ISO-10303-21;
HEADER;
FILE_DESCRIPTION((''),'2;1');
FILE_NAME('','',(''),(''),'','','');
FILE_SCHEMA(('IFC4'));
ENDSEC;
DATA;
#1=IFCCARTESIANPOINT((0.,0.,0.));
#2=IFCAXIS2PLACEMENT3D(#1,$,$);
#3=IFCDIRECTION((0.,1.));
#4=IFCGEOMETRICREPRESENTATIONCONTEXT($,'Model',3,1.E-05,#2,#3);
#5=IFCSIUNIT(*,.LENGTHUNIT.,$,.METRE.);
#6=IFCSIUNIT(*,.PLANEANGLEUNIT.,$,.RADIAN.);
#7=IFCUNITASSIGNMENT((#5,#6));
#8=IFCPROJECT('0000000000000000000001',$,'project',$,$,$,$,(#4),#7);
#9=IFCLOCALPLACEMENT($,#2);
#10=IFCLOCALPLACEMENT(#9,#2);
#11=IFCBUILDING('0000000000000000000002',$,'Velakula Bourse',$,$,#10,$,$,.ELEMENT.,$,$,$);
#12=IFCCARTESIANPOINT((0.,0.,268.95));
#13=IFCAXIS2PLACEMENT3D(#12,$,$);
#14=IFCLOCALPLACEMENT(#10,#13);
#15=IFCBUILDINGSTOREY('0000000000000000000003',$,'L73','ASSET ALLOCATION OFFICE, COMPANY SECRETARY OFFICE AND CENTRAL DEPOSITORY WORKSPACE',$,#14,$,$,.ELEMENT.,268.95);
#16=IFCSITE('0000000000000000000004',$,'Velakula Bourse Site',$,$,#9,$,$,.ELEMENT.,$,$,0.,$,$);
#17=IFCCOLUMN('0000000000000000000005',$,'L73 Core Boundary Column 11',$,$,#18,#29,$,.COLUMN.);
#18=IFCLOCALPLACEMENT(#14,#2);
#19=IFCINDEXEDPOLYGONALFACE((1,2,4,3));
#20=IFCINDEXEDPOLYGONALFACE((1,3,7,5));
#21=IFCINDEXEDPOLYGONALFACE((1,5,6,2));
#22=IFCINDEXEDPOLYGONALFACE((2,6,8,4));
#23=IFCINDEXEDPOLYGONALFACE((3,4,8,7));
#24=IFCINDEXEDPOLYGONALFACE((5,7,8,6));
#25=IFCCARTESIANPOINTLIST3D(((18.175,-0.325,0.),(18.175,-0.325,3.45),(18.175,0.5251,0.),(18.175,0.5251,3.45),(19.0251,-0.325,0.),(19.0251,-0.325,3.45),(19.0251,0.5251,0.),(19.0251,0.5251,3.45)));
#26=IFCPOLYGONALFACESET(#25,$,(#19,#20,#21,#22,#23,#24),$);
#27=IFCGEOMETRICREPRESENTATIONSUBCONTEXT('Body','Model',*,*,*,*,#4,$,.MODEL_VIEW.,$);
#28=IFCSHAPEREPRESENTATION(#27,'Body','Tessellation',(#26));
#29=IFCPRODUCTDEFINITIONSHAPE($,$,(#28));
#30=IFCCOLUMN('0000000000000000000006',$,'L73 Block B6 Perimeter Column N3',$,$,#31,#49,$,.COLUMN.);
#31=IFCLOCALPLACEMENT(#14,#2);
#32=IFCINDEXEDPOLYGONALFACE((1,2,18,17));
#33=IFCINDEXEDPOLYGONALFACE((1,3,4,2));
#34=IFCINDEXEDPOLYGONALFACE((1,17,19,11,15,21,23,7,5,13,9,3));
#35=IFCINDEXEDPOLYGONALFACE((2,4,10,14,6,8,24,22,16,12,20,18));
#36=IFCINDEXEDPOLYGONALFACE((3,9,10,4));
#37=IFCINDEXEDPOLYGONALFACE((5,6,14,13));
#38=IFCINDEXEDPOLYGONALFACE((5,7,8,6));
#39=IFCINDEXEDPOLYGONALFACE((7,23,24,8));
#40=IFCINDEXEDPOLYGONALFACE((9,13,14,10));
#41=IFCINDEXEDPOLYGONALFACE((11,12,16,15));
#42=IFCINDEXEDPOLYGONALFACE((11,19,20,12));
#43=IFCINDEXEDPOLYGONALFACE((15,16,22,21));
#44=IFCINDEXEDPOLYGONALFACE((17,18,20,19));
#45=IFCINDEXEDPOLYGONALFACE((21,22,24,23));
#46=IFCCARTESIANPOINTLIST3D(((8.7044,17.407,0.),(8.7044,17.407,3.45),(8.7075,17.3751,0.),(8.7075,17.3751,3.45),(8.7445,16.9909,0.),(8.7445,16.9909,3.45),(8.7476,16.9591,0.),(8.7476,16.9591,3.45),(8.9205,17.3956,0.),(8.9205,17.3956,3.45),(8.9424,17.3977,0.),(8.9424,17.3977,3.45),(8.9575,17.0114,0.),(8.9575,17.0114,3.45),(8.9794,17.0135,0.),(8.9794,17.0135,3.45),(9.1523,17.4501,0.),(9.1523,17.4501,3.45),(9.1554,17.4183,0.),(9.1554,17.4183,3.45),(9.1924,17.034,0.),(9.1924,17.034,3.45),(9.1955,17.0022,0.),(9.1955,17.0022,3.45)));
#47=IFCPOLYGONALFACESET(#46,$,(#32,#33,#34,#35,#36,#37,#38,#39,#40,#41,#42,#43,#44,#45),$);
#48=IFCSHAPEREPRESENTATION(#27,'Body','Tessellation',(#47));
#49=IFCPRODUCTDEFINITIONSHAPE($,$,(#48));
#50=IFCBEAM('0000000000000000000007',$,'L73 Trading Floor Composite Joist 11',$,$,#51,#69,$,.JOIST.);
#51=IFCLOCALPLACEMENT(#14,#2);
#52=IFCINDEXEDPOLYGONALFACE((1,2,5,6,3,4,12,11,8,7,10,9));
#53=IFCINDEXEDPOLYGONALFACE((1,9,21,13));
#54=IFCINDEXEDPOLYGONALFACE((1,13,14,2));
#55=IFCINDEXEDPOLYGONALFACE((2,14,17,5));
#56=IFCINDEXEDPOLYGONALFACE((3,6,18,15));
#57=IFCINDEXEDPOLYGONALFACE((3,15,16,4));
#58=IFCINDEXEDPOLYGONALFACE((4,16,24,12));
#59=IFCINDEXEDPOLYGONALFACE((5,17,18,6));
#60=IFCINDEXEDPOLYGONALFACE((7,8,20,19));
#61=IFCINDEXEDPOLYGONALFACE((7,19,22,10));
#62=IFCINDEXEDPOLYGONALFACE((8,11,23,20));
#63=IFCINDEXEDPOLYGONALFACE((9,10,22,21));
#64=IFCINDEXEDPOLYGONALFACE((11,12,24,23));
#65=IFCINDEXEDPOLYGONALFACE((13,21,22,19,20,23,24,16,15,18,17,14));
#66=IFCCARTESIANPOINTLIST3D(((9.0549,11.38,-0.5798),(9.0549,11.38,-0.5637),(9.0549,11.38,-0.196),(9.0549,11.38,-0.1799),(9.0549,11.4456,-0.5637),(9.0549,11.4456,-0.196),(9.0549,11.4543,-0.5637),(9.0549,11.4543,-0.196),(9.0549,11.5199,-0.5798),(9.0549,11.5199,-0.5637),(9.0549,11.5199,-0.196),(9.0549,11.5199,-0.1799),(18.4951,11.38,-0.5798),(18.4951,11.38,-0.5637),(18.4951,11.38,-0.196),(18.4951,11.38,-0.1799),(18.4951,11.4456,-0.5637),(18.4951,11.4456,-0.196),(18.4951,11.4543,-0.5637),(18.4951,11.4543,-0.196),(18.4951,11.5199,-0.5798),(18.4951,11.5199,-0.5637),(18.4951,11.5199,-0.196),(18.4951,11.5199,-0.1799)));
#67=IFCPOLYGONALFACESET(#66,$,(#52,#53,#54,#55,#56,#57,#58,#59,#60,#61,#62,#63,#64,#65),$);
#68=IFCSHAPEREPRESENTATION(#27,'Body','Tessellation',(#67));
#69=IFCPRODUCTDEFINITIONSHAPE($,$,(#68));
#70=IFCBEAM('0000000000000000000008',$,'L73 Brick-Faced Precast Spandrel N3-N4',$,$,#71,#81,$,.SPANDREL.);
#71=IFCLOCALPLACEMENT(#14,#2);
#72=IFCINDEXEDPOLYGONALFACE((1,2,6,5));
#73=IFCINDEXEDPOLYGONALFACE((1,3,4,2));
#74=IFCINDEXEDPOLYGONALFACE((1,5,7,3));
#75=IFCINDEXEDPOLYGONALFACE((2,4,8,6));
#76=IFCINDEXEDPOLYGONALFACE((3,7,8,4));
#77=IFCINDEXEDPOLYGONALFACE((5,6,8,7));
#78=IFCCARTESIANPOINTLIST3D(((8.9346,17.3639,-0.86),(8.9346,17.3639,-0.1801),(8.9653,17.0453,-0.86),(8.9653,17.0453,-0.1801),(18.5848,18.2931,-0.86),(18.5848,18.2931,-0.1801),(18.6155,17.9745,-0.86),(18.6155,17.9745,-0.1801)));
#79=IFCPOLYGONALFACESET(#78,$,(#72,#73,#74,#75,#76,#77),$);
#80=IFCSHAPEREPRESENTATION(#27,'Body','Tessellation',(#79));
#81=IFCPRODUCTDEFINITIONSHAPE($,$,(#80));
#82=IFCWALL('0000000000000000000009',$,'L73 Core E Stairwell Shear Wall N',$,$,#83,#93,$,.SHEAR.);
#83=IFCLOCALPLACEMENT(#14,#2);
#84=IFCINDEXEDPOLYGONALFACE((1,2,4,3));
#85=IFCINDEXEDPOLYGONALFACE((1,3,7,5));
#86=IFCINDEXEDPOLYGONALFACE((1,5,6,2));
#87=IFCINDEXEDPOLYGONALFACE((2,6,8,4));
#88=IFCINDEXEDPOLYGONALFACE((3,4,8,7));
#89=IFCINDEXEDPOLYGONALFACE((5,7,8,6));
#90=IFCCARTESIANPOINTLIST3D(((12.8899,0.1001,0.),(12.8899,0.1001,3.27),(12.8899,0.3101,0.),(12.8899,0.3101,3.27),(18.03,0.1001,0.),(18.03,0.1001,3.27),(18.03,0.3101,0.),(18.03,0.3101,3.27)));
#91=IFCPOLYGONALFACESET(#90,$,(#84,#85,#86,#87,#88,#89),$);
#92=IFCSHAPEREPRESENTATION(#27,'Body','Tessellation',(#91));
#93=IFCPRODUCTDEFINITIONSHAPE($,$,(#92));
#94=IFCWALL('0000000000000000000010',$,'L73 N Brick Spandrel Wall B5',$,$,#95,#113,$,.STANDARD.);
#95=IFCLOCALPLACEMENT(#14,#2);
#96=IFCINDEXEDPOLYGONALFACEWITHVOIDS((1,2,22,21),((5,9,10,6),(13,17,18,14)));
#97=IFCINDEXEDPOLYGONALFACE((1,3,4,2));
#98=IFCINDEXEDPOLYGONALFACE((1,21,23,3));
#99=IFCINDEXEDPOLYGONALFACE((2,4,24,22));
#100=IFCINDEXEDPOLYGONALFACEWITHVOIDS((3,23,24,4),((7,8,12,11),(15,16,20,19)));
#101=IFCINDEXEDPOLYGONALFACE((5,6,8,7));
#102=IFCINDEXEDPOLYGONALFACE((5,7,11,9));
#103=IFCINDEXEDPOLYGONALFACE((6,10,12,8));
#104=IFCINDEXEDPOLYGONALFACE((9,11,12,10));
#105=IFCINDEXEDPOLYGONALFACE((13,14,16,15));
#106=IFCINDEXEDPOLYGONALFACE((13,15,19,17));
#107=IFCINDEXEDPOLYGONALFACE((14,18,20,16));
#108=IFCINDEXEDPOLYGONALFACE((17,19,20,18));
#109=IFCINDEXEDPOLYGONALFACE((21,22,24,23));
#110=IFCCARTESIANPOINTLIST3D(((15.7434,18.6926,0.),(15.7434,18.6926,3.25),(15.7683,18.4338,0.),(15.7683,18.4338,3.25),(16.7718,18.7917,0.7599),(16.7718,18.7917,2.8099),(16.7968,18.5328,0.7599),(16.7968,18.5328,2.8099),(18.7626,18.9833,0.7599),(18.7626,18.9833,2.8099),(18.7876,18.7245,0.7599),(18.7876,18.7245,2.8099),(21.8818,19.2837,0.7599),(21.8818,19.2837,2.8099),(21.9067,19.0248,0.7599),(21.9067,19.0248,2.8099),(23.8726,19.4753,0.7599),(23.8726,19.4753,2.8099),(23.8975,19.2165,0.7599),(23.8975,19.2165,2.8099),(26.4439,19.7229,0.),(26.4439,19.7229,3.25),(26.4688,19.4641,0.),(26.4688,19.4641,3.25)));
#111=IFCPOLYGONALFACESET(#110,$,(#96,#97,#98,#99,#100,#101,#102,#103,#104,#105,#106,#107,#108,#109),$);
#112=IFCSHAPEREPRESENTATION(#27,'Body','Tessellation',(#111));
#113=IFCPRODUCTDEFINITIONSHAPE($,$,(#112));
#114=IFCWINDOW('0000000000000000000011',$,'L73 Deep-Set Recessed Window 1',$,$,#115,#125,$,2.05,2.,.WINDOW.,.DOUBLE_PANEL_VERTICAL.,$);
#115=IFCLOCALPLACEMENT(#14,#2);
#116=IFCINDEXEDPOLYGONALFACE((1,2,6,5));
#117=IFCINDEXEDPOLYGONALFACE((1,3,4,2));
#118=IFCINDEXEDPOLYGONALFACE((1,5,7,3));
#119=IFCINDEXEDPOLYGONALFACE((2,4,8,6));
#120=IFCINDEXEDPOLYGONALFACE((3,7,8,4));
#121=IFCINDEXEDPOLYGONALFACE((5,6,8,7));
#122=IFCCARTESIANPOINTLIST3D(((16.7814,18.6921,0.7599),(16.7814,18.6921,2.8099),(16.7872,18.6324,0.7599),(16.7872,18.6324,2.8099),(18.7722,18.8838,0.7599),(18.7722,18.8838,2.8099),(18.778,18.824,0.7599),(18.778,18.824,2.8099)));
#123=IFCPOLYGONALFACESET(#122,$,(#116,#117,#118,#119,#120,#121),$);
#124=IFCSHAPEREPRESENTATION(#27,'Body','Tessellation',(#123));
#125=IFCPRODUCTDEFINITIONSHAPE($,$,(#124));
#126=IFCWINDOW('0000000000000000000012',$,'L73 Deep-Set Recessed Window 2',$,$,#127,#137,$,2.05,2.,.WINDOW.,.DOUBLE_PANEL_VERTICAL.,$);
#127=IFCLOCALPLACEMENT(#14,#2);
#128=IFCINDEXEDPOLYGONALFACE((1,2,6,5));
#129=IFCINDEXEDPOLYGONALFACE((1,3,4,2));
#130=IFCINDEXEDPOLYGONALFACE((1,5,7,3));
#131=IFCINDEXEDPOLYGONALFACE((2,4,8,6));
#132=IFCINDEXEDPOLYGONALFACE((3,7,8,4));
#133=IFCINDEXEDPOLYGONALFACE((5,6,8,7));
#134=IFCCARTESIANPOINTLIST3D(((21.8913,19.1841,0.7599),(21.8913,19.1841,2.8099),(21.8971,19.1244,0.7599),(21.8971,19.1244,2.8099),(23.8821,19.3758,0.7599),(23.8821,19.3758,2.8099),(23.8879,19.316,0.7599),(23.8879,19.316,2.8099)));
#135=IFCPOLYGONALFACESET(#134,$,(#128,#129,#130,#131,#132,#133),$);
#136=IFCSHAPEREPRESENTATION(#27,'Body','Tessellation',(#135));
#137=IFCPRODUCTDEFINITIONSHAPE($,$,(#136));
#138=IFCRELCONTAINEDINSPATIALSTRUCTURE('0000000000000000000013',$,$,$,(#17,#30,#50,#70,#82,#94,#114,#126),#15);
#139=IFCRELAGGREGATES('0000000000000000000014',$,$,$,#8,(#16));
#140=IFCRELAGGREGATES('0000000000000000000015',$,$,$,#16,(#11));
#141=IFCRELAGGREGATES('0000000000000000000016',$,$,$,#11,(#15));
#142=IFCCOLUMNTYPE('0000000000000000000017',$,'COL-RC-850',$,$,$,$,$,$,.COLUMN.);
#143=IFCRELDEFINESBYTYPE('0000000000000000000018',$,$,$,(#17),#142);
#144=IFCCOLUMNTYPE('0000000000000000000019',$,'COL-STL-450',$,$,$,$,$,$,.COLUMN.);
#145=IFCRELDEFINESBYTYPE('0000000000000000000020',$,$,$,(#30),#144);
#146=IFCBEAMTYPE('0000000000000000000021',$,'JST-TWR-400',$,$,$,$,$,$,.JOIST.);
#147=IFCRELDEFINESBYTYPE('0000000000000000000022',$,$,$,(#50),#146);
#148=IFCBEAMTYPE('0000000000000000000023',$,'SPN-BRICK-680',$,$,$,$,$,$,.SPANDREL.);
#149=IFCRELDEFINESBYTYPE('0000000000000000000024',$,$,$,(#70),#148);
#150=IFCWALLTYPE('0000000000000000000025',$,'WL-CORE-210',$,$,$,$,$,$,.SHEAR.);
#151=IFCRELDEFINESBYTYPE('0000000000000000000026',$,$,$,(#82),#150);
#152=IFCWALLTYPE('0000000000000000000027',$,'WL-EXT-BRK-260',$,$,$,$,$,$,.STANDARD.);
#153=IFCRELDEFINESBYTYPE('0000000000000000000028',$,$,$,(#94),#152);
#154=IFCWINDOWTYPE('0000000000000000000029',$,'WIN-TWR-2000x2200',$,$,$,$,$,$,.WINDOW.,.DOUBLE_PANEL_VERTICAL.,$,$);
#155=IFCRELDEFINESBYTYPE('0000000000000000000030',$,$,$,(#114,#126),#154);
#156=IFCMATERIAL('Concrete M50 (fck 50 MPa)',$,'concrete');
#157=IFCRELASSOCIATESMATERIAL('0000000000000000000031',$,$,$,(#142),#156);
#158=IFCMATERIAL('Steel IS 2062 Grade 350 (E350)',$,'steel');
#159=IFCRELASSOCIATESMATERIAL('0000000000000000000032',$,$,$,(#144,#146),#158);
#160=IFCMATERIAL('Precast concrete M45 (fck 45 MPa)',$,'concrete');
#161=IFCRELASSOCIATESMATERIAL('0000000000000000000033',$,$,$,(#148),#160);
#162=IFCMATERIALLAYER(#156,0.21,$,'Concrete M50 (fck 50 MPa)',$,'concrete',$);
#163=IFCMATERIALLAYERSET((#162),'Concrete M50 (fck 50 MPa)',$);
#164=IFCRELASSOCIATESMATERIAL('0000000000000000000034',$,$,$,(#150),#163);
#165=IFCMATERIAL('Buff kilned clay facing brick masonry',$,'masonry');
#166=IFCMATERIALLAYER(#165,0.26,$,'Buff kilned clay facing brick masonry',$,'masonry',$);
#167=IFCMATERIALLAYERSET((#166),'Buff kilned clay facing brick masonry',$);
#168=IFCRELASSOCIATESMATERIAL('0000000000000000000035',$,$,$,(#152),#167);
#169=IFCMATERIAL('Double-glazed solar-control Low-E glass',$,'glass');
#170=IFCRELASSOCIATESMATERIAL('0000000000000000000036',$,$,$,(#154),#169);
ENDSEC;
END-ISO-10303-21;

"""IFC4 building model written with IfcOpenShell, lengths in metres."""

from ifc_helpers import new_model, si_unit, direction, frame, frame_2d, origin, origin_2d, place, context, subcontext, project, spatial, rectangle, i_section, extrude, material, layer, layer_set, material_profile, profile_set, type_object, element, fill, save


model = new_model("IFC4")

# Units and contexts
model_context = context("Model", 3, precision=1e-05, world=origin(), true_north=direction((0.0, 1.0)))
body_context = subcontext(model_context, "Body", "Model", "MODEL_VIEW")
ifc_project = project(units=[si_unit("LENGTHUNIT", "METRE"), si_unit("PLANEANGLEUNIT", "RADIAN")], contexts=[model_context])

# Site, building, storey
site_placement = place(None, origin())
site = spatial("IfcSite", under=ifc_project, at=site_placement, Name="Velakula Bourse Site", CompositionType="ELEMENT", RefElevation=0.0)
building_placement = place(site_placement, origin())
building = spatial("IfcBuilding", under=site, at=building_placement, Name="Velakula Bourse", CompositionType="ELEMENT")
storey_placement = place(building_placement, frame((0.0, 0.0, 268.95)))
storey = spatial("IfcBuildingStorey", under=building, at=storey_placement, Name="L73", Description="ASSET ALLOCATION OFFICE, COMPANY SECRETARY OFFICE AND CENTRAL DEPOSITORY WORKSPACE", CompositionType="ELEMENT", Elevation=268.95)

# Columns
ifc_material_1 = material(Name="Concrete M50 (fck 50 MPa)", Category="concrete")
ifc_material_profile_1 = material_profile(ifc_material_1, rectangle(XDim=0.8501, YDim=0.8501, at=origin_2d()), Name="Concrete M50 (fck 50 MPa)")
ifc_profile_set_1 = profile_set([ifc_material_profile_1], Name="Concrete M50 (fck 50 MPa)")
column_type_1 = type_object("IfcColumnType", Name="COL-RC-850", PredefinedType="COLUMN", material=ifc_profile_set_1)
column_1_placement = place(storey_placement, frame((18.6001, 0.1001, 0.0), z_axis=(0.0, 0.0, 1.0), x_axis=(1.0, 0.0, 0.0)))
element("IfcColumn", 1, at=column_1_placement, inside=storey, type_object=column_type_1, Name="L73 Core Boundary Column 11", PredefinedType="COLUMN", context=body_context, shape_type="SweptSolid", body=[
    extrude(rectangle(XDim=0.8501, YDim=0.8501, at=origin_2d()), origin(), (0.0, 0.0, 1.0), 3.45),
])
ifc_material_2 = material(Name="Steel IS 2062 Grade 350 (E350)", Category="steel")
ifc_material_profile_2 = material_profile(ifc_material_2, i_section(OverallWidth=0.45, OverallDepth=0.45, WebThickness=0.022, FlangeThickness=0.032, at=origin_2d()), Name="Steel IS 2062 Grade 350 (E350)")
ifc_profile_set_2 = profile_set([ifc_material_profile_2], Name="Steel IS 2062 Grade 350 (E350)")
column_type_2 = type_object("IfcColumnType", Name="COL-STL-450", PredefinedType="COLUMN", material=ifc_profile_set_2)
column_2_placement = place(storey_placement, frame((8.95, 17.2046, 0.0), z_axis=(0.0, 0.0, 1.0), x_axis=(0.995396, 0.095846, 0.0)))
element("IfcColumn", 2, at=column_2_placement, inside=storey, type_object=column_type_2, Name="L73 Block B6 Perimeter Column N3", PredefinedType="COLUMN", context=body_context, shape_type="SweptSolid", body=[
    extrude(i_section(OverallWidth=0.45, OverallDepth=0.45, WebThickness=0.022, FlangeThickness=0.032, at=origin_2d()), origin(), (0.0, 0.0, 1.0), 3.45),
])

# Beams
ifc_material_profile_3 = material_profile(ifc_material_2, i_section(OverallWidth=0.1399, OverallDepth=0.3999, WebThickness=0.0088, FlangeThickness=0.0161, at=origin_2d()), Name="Steel IS 2062 Grade 350 (E350)")
ifc_profile_set_3 = profile_set([ifc_material_profile_3], Name="Steel IS 2062 Grade 350 (E350)")
beam_type_1 = type_object("IfcBeamType", Name="JST-TWR-400", PredefinedType="JOIST", material=ifc_profile_set_3)
beam_1_placement = place(storey_placement, frame((9.0549, 11.45, -0.3799), z_axis=(1.0, 0.0, 0.0), x_axis=(0.0, 1.0, 0.0)))
element("IfcBeam", 3, at=beam_1_placement, inside=storey, type_object=beam_type_1, Name="L73 Trading Floor Composite Joist 11", PredefinedType="JOIST", context=body_context, shape_type="SweptSolid", body=[
    extrude(i_section(OverallWidth=0.1399, OverallDepth=0.3999, WebThickness=0.0088, FlangeThickness=0.0161, at=origin_2d()), origin(), (0.0, 0.0, 1.0), 9.4402),
])
ifc_material_3 = material(Name="Precast concrete M45 (fck 45 MPa)", Category="concrete")
ifc_material_profile_4 = material_profile(ifc_material_3, rectangle(XDim=0.3201, YDim=0.6799, at=origin_2d()), Name="Precast concrete M45 (fck 45 MPa)")
ifc_profile_set_4 = profile_set([ifc_material_profile_4], Name="Precast concrete M45 (fck 45 MPa)")
beam_type_2 = type_object("IfcBeamType", Name="SPN-BRICK-680", PredefinedType="SPANDREL", material=ifc_profile_set_4)
beam_2_placement = place(storey_placement, frame((8.95, 17.2046, -0.52), z_axis=(0.995396, 0.095845, 0.0), x_axis=(-0.095845, 0.995396, 0.0)))
element("IfcBeam", 4, at=beam_2_placement, inside=storey, type_object=beam_type_2, Name="L73 Brick-Faced Precast Spandrel N3-N4", PredefinedType="SPANDREL", context=body_context, shape_type="SweptSolid", body=[
    extrude(rectangle(XDim=0.3201, YDim=0.6799, at=origin_2d()), origin(), (0.0, 0.0, 1.0), 9.6948),
])

# Wall
ifc_layer_1 = layer(ifc_material_1, 0.21, Name="Concrete M50 (fck 50 MPa)", Category="concrete")
ifc_layer_set_1 = layer_set([ifc_layer_1], Name="Concrete M50 (fck 50 MPa)")
wall_type_1 = type_object("IfcWallType", Name="WL-CORE-210", PredefinedType="SHEAR", material=ifc_layer_set_1)
wall_1_placement = place(storey_placement, frame((18.03, 0.2051, 0.0), z_axis=(0.0, 0.0, 1.0), x_axis=(-1.0, 0.0, 0.0)))
element("IfcWall", 5, at=wall_1_placement, inside=storey, type_object=wall_type_1, Name="L73 Core E Stairwell Shear Wall N", PredefinedType="SHEAR", context=body_context, shape_type="SweptSolid", body=[
    extrude(rectangle(XDim=5.1401, YDim=0.21, at=frame_2d((2.5701, 0.0))), origin(), (0.0, 0.0, 1.0), 3.27),
])

# Wall, openings, windows
ifc_material_4 = material(Name="Buff kilned clay facing brick masonry", Category="masonry")
ifc_layer_2 = layer(ifc_material_4, 0.26, Name="Buff kilned clay facing brick masonry", Category="masonry")
ifc_layer_set_2 = layer_set([ifc_layer_2], Name="Buff kilned clay facing brick masonry")
wall_type_2 = type_object("IfcWallType", Name="WL-EXT-BRK-260", PredefinedType="STANDARD", material=ifc_layer_set_2)
wall_2_placement = place(storey_placement, frame((15.7559, 18.5632, 0.0), z_axis=(0.0, 0.0, 1.0), x_axis=(0.995397, 0.09584, 0.0)))
wall_2 = element("IfcWall", 6, at=wall_2_placement, inside=storey, type_object=wall_type_2, Name="L73 N Brick Spandrel Wall B5", PredefinedType="STANDARD", context=body_context, shape_type="SweptSolid", body=[
    extrude(rectangle(XDim=10.75, YDim=0.26, at=frame_2d((5.375, 0.0))), origin(), (0.0, 0.0, 1.0), 3.25),
])
opening_1_placement = place(wall_2_placement, frame((1.0332, 0.0, 0.76)))
opening_1 = element("IfcOpeningElement", 7, at=opening_1_placement, cuts=wall_2, PredefinedType="OPENING", context=body_context, shape_type="SweptSolid", body=[
    extrude(rectangle(XDim=2.0, YDim=2.05, at=frame_2d((1.0, 1.0249))), frame((0.0, 0.1399, 0.0), z_axis=(0.0, -1.0, 0.0), x_axis=(1.0, 0.0, 0.0)), (0.0, 0.0, 1.0), 0.28),
])
opening_2_placement = place(wall_2_placement, frame((6.1667, 0.0, 0.76)))
opening_2 = element("IfcOpeningElement", 8, at=opening_2_placement, cuts=wall_2, PredefinedType="OPENING", context=body_context, shape_type="SweptSolid", body=[
    extrude(rectangle(XDim=2.0, YDim=2.05, at=frame_2d((1.0, 1.0249))), frame((0.0, 0.1399, 0.0), z_axis=(0.0, -1.0, 0.0), x_axis=(1.0, 0.0, 0.0)), (0.0, 0.0, 1.0), 0.28),
])
ifc_material_5 = material(Name="Double-glazed solar-control Low-E glass", Category="glass")
window_type = type_object("IfcWindowType", Name="WIN-TWR-2000x2200", PartitioningType="DOUBLE_PANEL_VERTICAL", PredefinedType="WINDOW", material=ifc_material_5)
window_1_placement = place(opening_1_placement, origin())
window_1 = element("IfcWindow", 9, at=window_1_placement, inside=storey, type_object=window_type, Name="L73 Deep-Set Recessed Window 1", OverallHeight=2.05, OverallWidth=2.0, PartitioningType="DOUBLE_PANEL_VERTICAL", PredefinedType="WINDOW", context=body_context, shape_type="SweptSolid", body=[
    extrude(rectangle(XDim=2.0, YDim=2.05, at=frame_2d((1.0, 1.0249))), frame((0.0, 0.03, 0.0), z_axis=(0.0, -1.0, 0.0), x_axis=(1.0, 0.0, 0.0)), (0.0, 0.0, 1.0), 0.0601),
])
fill(opening_1, window_1)
window_2_placement = place(opening_2_placement, origin())
window_2 = element("IfcWindow", 10, at=window_2_placement, inside=storey, type_object=window_type, Name="L73 Deep-Set Recessed Window 2", OverallHeight=2.05, OverallWidth=2.0, PartitioningType="DOUBLE_PANEL_VERTICAL", PredefinedType="WINDOW", context=body_context, shape_type="SweptSolid", body=[
    extrude(rectangle(XDim=2.0, YDim=2.05, at=frame_2d((1.0, 1.0249))), frame((0.0, 0.03, 0.0), z_axis=(0.0, -1.0, 0.0), x_axis=(1.0, 0.0, 0.0)), (0.0, 0.0, 1.0), 0.0601),
])
fill(opening_2, window_2)

save(model, "model.ifc")
